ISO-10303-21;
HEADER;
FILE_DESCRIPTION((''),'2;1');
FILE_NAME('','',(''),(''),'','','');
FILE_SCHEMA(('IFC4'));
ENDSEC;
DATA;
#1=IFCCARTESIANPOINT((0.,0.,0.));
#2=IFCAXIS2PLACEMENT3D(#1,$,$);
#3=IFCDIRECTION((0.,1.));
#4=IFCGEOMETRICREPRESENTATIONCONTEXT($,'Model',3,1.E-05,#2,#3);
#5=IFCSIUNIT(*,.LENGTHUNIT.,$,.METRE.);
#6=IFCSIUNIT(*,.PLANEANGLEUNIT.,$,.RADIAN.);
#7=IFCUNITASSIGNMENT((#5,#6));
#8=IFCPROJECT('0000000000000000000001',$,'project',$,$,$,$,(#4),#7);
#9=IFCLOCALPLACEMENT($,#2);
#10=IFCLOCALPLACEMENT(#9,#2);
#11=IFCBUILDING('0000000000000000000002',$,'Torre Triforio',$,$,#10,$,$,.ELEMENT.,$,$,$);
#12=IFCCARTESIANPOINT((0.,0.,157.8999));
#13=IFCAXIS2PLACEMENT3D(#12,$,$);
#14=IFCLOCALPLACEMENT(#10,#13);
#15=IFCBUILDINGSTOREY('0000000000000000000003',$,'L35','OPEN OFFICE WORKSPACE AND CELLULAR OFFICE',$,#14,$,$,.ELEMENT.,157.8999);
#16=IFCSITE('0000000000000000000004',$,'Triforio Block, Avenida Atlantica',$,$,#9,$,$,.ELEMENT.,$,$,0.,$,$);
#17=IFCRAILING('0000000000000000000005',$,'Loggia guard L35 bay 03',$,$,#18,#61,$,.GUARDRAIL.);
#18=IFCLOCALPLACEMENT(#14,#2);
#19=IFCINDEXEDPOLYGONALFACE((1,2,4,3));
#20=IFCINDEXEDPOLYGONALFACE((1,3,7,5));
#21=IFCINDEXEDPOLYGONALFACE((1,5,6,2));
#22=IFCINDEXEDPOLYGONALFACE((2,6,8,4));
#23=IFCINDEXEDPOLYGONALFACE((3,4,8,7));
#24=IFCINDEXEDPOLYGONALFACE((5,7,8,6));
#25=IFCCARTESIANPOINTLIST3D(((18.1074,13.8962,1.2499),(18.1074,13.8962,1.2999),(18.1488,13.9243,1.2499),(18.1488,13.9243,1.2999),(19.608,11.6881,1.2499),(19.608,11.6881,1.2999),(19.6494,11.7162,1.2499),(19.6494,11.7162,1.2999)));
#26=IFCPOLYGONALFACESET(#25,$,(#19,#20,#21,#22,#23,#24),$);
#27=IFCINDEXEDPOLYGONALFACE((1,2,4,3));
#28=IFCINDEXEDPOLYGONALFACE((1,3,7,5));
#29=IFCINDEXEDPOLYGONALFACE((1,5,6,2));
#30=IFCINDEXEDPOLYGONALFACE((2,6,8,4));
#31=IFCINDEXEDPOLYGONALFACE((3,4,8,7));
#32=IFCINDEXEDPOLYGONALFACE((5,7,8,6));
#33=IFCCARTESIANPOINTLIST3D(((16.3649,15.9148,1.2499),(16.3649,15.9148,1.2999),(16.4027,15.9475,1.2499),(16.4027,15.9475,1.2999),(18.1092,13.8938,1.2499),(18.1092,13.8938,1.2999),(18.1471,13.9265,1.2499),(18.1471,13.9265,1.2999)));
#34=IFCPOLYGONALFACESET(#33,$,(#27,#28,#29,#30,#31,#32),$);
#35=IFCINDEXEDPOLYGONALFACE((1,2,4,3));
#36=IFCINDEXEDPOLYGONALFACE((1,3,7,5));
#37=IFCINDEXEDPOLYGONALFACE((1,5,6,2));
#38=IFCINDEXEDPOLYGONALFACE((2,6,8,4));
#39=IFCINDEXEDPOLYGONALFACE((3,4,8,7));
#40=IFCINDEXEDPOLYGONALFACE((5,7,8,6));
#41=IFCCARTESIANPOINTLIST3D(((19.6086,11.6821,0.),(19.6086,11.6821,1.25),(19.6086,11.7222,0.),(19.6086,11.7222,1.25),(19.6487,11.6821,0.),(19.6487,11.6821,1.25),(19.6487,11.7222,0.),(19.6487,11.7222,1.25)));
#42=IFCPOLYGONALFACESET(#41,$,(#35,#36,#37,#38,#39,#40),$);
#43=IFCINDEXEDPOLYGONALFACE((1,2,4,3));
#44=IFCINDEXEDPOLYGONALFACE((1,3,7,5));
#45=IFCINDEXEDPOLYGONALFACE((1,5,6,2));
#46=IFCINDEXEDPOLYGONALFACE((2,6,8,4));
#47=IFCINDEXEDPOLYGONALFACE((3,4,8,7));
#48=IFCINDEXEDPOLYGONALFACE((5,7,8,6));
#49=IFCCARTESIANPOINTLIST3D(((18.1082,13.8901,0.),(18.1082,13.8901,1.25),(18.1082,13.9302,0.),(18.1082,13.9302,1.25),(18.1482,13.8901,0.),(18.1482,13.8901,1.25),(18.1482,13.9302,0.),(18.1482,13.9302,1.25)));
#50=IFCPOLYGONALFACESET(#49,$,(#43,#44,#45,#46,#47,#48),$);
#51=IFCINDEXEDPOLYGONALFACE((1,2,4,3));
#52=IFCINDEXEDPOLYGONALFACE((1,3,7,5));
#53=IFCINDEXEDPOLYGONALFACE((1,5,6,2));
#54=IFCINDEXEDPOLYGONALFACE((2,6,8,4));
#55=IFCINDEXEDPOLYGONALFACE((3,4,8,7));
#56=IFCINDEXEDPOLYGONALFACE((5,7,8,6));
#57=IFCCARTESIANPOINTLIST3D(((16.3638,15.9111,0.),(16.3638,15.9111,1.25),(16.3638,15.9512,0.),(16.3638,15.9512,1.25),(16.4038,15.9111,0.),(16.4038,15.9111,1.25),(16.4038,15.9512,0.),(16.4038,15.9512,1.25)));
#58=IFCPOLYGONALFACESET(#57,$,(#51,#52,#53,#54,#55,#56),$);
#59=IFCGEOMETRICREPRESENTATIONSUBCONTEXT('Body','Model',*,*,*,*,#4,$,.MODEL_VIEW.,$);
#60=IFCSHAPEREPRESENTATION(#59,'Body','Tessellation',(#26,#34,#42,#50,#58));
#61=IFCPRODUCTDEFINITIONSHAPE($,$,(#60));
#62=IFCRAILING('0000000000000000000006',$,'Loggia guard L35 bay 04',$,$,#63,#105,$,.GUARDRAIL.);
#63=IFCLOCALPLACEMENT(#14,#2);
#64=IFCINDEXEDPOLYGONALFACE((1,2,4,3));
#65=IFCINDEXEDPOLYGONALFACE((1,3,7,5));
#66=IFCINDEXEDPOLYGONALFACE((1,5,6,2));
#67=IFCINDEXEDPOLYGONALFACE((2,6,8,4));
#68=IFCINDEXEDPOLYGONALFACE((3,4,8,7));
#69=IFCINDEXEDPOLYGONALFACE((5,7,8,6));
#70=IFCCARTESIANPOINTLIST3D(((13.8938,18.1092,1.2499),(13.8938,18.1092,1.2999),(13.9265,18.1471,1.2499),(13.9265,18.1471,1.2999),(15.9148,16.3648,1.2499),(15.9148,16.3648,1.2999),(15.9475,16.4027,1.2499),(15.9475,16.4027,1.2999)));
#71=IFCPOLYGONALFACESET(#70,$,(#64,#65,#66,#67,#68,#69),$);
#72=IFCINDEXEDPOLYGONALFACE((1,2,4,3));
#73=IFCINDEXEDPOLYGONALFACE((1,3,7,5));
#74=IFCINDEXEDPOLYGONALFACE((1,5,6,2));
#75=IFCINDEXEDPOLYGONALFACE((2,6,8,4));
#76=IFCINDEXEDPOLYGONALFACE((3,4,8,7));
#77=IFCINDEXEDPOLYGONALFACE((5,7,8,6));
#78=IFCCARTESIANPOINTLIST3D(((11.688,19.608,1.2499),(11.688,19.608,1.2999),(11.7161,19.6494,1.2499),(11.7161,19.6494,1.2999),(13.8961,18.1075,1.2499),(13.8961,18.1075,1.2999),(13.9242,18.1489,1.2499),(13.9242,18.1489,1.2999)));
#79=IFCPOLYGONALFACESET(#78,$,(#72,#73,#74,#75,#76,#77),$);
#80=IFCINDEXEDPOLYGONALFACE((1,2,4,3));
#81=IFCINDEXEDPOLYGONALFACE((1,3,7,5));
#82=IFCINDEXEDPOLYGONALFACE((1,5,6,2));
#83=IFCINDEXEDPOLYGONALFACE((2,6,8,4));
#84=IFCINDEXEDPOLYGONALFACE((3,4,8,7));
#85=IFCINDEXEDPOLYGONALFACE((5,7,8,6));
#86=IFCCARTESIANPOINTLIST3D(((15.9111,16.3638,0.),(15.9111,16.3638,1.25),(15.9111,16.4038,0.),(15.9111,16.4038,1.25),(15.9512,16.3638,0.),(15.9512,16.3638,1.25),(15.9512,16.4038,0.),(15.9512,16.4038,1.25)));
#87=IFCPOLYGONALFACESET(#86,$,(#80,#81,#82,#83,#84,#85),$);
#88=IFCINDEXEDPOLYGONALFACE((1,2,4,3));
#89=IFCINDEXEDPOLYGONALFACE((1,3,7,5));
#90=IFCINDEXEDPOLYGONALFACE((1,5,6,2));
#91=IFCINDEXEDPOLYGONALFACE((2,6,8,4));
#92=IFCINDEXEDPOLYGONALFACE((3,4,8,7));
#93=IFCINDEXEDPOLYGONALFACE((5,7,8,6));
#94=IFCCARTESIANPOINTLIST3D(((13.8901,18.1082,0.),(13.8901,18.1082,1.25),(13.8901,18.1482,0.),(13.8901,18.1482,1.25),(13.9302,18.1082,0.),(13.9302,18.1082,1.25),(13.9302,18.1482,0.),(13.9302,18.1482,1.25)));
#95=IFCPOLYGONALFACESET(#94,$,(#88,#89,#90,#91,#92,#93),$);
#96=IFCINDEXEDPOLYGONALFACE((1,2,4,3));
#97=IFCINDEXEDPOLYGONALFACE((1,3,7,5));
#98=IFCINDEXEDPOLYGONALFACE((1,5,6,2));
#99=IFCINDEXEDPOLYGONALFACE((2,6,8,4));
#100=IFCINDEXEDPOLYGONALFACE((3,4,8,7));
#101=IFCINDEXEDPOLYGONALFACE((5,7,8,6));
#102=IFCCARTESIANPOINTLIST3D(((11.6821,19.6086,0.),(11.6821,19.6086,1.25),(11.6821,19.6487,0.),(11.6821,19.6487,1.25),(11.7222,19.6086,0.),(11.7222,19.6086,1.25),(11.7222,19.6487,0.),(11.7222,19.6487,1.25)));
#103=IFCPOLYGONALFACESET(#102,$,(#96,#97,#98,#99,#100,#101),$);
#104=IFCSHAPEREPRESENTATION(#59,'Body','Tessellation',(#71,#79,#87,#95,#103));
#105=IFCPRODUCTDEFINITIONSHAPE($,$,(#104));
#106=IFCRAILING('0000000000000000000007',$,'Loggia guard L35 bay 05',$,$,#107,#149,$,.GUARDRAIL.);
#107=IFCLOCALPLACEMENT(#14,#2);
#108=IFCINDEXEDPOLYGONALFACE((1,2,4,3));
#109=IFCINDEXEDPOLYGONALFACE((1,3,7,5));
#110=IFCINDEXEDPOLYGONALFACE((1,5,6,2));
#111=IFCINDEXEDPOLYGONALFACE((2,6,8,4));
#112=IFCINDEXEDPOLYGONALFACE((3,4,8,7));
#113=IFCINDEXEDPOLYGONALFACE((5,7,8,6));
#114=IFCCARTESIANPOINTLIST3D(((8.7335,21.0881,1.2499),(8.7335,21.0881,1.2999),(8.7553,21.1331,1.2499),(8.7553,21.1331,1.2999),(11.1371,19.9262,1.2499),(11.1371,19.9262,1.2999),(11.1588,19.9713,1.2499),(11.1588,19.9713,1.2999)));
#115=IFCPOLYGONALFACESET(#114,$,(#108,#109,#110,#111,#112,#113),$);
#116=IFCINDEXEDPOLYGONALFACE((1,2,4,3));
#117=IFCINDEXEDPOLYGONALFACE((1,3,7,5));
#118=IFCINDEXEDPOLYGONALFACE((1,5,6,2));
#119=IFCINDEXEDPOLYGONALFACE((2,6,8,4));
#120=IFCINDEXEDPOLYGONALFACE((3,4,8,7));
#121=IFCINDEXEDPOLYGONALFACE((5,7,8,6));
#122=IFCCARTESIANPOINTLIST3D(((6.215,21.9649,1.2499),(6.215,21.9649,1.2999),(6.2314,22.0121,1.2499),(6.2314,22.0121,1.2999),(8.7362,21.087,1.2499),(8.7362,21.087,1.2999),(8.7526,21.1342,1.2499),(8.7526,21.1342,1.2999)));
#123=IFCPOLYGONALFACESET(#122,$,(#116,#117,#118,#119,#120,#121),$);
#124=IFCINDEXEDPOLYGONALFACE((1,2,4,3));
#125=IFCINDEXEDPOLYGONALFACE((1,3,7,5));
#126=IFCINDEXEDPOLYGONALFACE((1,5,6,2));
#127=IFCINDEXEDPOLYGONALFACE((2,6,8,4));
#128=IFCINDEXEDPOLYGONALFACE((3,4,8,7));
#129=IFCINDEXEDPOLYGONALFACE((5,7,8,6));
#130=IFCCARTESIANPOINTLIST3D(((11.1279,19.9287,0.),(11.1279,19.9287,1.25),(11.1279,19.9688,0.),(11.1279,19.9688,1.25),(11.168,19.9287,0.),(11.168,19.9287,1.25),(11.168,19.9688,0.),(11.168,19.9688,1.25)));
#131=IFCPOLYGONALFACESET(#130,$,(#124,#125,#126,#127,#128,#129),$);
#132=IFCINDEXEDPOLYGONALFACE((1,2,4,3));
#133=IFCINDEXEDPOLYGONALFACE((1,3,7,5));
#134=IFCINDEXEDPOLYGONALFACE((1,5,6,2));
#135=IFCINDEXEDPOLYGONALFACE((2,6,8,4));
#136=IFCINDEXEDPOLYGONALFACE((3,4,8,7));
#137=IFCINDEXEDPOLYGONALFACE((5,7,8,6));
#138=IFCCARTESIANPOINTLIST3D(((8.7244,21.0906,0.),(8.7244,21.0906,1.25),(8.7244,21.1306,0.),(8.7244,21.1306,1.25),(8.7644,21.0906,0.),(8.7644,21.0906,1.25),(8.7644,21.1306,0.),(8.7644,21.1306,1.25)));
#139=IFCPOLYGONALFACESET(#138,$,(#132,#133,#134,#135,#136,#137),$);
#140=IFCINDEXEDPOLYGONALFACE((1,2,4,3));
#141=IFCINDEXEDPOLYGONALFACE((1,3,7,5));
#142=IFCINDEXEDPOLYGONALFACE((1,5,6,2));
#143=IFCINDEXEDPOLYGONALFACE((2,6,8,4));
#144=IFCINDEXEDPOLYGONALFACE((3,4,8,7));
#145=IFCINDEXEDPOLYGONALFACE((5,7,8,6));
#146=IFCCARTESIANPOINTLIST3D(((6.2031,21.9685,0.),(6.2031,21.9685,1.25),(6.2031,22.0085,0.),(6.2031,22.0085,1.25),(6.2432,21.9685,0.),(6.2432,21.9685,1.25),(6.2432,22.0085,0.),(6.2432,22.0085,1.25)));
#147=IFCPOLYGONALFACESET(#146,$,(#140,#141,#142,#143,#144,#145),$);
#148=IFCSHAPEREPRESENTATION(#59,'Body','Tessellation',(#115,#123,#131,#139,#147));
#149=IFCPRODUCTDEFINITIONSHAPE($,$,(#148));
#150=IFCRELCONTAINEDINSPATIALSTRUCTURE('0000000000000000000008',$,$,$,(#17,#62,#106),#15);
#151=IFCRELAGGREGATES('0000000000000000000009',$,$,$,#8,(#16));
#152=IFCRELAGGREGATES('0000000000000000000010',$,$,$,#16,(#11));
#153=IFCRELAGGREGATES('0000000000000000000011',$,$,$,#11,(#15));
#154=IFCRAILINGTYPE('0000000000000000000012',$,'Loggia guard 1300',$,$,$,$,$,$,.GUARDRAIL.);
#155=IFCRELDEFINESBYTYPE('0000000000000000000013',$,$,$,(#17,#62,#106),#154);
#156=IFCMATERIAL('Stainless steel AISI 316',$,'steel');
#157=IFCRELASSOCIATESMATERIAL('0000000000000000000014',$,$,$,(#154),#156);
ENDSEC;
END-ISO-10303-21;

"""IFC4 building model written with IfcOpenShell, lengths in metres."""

from ifc_helpers import new_model, si_unit, direction, frame, origin, origin_2d, place, context, subcontext, project, spatial, rectangle, extrude, material, type_object, element, save


model = new_model("IFC4")

# Units and contexts
model_context = context("Model", 3, precision=1e-05, world=origin(), true_north=direction((0.0, 1.0)))
body_context = subcontext(model_context, "Body", "Model", "MODEL_VIEW")
ifc_project = project(units=[si_unit("LENGTHUNIT", "METRE"), si_unit("PLANEANGLEUNIT", "RADIAN")], contexts=[model_context])

# Site, building, storey
site_placement = place(None, origin())
site = spatial("IfcSite", under=ifc_project, at=site_placement, Name="Triforio Block, Avenida Atlantica", CompositionType="ELEMENT", RefElevation=0.0)
building_placement = place(site_placement, origin())
building = spatial("IfcBuilding", under=site, at=building_placement, Name="Torre Triforio", CompositionType="ELEMENT")
storey_placement = place(building_placement, frame((0.0, 0.0, 157.8999)))
storey = spatial("IfcBuildingStorey", under=building, at=storey_placement, Name="L35", Description="OPEN OFFICE WORKSPACE AND CELLULAR OFFICE", CompositionType="ELEMENT", Elevation=157.8999)

# Railings
ifc_material_1 = material(Name="Stainless steel AISI 316", Category="steel")
railing_type = type_object("IfcRailingType", Name="Loggia guard 1300", PredefinedType="GUARDRAIL", material=ifc_material_1)
railing_1_placement = place(storey_placement, frame((19.6287, 11.7021, 0.0)))
element("IfcRailing", 1, at=railing_1_placement, inside=storey, type_object=railing_type, Name="Loggia guard L35 bay 03", PredefinedType="GUARDRAIL", context=body_context, shape_type="SweptSolid", body=[
    extrude(rectangle(XDim=0.05, YDim=0.05, at=origin_2d()), frame((0.0, 0.0, 1.2749), z_axis=(-0.562065, 0.827093, 0.0), x_axis=(-0.827093, -0.562065, 0.0)), (0.0, 0.0, 1.0), 2.6697),
    extrude(rectangle(XDim=0.05, YDim=0.05, at=origin_2d()), frame((-1.5005, 2.208, 1.2749), z_axis=(-0.653401, 0.757012, 0.0), x_axis=(-0.757012, -0.653401, 0.0)), (0.0, 0.0, 1.0), 2.6697),
    extrude(rectangle(XDim=0.04, YDim=0.04, at=origin_2d()), origin(), (0.0, 0.0, 1.0), 1.25),
    extrude(rectangle(XDim=0.04, YDim=0.04, at=origin_2d()), frame((-1.5005, 2.208, 0.0)), (0.0, 0.0, 1.0), 1.25),
    extrude(rectangle(XDim=0.04, YDim=0.04, at=origin_2d()), frame((-3.2449, 4.229, 0.0)), (0.0, 0.0, 1.0), 1.25),
])
railing_2_placement = place(storey_placement, frame((15.9312, 16.3838, 0.0)))
element("IfcRailing", 2, at=railing_2_placement, inside=storey, type_object=railing_type, Name="Loggia guard L35 bay 04", PredefinedType="GUARDRAIL", context=body_context, shape_type="SweptSolid", body=[
    extrude(rectangle(XDim=0.05, YDim=0.05, at=origin_2d()), frame((0.0, 0.0, 1.2749), z_axis=(-0.757012, 0.653401, 0.0), x_axis=(-0.653401, -0.757012, 0.0)), (0.0, 0.0, 1.0), 2.6697),
    extrude(rectangle(XDim=0.05, YDim=0.05, at=origin_2d()), frame((-2.021, 1.7444, 1.2749), z_axis=(-0.827093, 0.562065, 0.0), x_axis=(-0.562065, -0.827093, 0.0)), (0.0, 0.0, 1.0), 2.6697),
    extrude(rectangle(XDim=0.04, YDim=0.04, at=origin_2d()), origin(), (0.0, 0.0, 1.0), 1.25),
    extrude(rectangle(XDim=0.04, YDim=0.04, at=origin_2d()), frame((-2.021, 1.7444, 0.0)), (0.0, 0.0, 1.0), 1.25),
    extrude(rectangle(XDim=0.04, YDim=0.04, at=origin_2d()), frame((-4.229, 3.2449, 0.0)), (0.0, 0.0, 1.0), 1.25),
])
railing_3_placement = place(storey_placement, frame((11.1479, 19.9487, 0.0)))
element("IfcRailing", 3, at=railing_3_placement, inside=storey, type_object=railing_type, Name="Loggia guard L35 bay 05", PredefinedType="GUARDRAIL", context=body_context, shape_type="SweptSolid", body=[
    extrude(rectangle(XDim=0.05, YDim=0.05, at=origin_2d()), frame((0.0, 0.0, 1.2749), z_axis=(-0.900328, 0.435212, 0.0), x_axis=(-0.435212, -0.900328, 0.0)), (0.0, 0.0, 1.0), 2.6697),
    extrude(rectangle(XDim=0.05, YDim=0.05, at=origin_2d()), frame((-2.4036, 1.1619, 1.2749), z_axis=(-0.944383, 0.328847, 0.0), x_axis=(-0.328847, -0.944383, 0.0)), (0.0, 0.0, 1.0), 2.6697),
    extrude(rectangle(XDim=0.04, YDim=0.04, at=origin_2d()), origin(), (0.0, 0.0, 1.0), 1.25),
    extrude(rectangle(XDim=0.04, YDim=0.04, at=origin_2d()), frame((-2.4036, 1.1619, 0.0)), (0.0, 0.0, 1.0), 1.25),
    extrude(rectangle(XDim=0.04, YDim=0.04, at=origin_2d()), frame((-4.9248, 2.0398, 0.0)), (0.0, 0.0, 1.0), 1.25),
])

save(model, "model.ifc")
